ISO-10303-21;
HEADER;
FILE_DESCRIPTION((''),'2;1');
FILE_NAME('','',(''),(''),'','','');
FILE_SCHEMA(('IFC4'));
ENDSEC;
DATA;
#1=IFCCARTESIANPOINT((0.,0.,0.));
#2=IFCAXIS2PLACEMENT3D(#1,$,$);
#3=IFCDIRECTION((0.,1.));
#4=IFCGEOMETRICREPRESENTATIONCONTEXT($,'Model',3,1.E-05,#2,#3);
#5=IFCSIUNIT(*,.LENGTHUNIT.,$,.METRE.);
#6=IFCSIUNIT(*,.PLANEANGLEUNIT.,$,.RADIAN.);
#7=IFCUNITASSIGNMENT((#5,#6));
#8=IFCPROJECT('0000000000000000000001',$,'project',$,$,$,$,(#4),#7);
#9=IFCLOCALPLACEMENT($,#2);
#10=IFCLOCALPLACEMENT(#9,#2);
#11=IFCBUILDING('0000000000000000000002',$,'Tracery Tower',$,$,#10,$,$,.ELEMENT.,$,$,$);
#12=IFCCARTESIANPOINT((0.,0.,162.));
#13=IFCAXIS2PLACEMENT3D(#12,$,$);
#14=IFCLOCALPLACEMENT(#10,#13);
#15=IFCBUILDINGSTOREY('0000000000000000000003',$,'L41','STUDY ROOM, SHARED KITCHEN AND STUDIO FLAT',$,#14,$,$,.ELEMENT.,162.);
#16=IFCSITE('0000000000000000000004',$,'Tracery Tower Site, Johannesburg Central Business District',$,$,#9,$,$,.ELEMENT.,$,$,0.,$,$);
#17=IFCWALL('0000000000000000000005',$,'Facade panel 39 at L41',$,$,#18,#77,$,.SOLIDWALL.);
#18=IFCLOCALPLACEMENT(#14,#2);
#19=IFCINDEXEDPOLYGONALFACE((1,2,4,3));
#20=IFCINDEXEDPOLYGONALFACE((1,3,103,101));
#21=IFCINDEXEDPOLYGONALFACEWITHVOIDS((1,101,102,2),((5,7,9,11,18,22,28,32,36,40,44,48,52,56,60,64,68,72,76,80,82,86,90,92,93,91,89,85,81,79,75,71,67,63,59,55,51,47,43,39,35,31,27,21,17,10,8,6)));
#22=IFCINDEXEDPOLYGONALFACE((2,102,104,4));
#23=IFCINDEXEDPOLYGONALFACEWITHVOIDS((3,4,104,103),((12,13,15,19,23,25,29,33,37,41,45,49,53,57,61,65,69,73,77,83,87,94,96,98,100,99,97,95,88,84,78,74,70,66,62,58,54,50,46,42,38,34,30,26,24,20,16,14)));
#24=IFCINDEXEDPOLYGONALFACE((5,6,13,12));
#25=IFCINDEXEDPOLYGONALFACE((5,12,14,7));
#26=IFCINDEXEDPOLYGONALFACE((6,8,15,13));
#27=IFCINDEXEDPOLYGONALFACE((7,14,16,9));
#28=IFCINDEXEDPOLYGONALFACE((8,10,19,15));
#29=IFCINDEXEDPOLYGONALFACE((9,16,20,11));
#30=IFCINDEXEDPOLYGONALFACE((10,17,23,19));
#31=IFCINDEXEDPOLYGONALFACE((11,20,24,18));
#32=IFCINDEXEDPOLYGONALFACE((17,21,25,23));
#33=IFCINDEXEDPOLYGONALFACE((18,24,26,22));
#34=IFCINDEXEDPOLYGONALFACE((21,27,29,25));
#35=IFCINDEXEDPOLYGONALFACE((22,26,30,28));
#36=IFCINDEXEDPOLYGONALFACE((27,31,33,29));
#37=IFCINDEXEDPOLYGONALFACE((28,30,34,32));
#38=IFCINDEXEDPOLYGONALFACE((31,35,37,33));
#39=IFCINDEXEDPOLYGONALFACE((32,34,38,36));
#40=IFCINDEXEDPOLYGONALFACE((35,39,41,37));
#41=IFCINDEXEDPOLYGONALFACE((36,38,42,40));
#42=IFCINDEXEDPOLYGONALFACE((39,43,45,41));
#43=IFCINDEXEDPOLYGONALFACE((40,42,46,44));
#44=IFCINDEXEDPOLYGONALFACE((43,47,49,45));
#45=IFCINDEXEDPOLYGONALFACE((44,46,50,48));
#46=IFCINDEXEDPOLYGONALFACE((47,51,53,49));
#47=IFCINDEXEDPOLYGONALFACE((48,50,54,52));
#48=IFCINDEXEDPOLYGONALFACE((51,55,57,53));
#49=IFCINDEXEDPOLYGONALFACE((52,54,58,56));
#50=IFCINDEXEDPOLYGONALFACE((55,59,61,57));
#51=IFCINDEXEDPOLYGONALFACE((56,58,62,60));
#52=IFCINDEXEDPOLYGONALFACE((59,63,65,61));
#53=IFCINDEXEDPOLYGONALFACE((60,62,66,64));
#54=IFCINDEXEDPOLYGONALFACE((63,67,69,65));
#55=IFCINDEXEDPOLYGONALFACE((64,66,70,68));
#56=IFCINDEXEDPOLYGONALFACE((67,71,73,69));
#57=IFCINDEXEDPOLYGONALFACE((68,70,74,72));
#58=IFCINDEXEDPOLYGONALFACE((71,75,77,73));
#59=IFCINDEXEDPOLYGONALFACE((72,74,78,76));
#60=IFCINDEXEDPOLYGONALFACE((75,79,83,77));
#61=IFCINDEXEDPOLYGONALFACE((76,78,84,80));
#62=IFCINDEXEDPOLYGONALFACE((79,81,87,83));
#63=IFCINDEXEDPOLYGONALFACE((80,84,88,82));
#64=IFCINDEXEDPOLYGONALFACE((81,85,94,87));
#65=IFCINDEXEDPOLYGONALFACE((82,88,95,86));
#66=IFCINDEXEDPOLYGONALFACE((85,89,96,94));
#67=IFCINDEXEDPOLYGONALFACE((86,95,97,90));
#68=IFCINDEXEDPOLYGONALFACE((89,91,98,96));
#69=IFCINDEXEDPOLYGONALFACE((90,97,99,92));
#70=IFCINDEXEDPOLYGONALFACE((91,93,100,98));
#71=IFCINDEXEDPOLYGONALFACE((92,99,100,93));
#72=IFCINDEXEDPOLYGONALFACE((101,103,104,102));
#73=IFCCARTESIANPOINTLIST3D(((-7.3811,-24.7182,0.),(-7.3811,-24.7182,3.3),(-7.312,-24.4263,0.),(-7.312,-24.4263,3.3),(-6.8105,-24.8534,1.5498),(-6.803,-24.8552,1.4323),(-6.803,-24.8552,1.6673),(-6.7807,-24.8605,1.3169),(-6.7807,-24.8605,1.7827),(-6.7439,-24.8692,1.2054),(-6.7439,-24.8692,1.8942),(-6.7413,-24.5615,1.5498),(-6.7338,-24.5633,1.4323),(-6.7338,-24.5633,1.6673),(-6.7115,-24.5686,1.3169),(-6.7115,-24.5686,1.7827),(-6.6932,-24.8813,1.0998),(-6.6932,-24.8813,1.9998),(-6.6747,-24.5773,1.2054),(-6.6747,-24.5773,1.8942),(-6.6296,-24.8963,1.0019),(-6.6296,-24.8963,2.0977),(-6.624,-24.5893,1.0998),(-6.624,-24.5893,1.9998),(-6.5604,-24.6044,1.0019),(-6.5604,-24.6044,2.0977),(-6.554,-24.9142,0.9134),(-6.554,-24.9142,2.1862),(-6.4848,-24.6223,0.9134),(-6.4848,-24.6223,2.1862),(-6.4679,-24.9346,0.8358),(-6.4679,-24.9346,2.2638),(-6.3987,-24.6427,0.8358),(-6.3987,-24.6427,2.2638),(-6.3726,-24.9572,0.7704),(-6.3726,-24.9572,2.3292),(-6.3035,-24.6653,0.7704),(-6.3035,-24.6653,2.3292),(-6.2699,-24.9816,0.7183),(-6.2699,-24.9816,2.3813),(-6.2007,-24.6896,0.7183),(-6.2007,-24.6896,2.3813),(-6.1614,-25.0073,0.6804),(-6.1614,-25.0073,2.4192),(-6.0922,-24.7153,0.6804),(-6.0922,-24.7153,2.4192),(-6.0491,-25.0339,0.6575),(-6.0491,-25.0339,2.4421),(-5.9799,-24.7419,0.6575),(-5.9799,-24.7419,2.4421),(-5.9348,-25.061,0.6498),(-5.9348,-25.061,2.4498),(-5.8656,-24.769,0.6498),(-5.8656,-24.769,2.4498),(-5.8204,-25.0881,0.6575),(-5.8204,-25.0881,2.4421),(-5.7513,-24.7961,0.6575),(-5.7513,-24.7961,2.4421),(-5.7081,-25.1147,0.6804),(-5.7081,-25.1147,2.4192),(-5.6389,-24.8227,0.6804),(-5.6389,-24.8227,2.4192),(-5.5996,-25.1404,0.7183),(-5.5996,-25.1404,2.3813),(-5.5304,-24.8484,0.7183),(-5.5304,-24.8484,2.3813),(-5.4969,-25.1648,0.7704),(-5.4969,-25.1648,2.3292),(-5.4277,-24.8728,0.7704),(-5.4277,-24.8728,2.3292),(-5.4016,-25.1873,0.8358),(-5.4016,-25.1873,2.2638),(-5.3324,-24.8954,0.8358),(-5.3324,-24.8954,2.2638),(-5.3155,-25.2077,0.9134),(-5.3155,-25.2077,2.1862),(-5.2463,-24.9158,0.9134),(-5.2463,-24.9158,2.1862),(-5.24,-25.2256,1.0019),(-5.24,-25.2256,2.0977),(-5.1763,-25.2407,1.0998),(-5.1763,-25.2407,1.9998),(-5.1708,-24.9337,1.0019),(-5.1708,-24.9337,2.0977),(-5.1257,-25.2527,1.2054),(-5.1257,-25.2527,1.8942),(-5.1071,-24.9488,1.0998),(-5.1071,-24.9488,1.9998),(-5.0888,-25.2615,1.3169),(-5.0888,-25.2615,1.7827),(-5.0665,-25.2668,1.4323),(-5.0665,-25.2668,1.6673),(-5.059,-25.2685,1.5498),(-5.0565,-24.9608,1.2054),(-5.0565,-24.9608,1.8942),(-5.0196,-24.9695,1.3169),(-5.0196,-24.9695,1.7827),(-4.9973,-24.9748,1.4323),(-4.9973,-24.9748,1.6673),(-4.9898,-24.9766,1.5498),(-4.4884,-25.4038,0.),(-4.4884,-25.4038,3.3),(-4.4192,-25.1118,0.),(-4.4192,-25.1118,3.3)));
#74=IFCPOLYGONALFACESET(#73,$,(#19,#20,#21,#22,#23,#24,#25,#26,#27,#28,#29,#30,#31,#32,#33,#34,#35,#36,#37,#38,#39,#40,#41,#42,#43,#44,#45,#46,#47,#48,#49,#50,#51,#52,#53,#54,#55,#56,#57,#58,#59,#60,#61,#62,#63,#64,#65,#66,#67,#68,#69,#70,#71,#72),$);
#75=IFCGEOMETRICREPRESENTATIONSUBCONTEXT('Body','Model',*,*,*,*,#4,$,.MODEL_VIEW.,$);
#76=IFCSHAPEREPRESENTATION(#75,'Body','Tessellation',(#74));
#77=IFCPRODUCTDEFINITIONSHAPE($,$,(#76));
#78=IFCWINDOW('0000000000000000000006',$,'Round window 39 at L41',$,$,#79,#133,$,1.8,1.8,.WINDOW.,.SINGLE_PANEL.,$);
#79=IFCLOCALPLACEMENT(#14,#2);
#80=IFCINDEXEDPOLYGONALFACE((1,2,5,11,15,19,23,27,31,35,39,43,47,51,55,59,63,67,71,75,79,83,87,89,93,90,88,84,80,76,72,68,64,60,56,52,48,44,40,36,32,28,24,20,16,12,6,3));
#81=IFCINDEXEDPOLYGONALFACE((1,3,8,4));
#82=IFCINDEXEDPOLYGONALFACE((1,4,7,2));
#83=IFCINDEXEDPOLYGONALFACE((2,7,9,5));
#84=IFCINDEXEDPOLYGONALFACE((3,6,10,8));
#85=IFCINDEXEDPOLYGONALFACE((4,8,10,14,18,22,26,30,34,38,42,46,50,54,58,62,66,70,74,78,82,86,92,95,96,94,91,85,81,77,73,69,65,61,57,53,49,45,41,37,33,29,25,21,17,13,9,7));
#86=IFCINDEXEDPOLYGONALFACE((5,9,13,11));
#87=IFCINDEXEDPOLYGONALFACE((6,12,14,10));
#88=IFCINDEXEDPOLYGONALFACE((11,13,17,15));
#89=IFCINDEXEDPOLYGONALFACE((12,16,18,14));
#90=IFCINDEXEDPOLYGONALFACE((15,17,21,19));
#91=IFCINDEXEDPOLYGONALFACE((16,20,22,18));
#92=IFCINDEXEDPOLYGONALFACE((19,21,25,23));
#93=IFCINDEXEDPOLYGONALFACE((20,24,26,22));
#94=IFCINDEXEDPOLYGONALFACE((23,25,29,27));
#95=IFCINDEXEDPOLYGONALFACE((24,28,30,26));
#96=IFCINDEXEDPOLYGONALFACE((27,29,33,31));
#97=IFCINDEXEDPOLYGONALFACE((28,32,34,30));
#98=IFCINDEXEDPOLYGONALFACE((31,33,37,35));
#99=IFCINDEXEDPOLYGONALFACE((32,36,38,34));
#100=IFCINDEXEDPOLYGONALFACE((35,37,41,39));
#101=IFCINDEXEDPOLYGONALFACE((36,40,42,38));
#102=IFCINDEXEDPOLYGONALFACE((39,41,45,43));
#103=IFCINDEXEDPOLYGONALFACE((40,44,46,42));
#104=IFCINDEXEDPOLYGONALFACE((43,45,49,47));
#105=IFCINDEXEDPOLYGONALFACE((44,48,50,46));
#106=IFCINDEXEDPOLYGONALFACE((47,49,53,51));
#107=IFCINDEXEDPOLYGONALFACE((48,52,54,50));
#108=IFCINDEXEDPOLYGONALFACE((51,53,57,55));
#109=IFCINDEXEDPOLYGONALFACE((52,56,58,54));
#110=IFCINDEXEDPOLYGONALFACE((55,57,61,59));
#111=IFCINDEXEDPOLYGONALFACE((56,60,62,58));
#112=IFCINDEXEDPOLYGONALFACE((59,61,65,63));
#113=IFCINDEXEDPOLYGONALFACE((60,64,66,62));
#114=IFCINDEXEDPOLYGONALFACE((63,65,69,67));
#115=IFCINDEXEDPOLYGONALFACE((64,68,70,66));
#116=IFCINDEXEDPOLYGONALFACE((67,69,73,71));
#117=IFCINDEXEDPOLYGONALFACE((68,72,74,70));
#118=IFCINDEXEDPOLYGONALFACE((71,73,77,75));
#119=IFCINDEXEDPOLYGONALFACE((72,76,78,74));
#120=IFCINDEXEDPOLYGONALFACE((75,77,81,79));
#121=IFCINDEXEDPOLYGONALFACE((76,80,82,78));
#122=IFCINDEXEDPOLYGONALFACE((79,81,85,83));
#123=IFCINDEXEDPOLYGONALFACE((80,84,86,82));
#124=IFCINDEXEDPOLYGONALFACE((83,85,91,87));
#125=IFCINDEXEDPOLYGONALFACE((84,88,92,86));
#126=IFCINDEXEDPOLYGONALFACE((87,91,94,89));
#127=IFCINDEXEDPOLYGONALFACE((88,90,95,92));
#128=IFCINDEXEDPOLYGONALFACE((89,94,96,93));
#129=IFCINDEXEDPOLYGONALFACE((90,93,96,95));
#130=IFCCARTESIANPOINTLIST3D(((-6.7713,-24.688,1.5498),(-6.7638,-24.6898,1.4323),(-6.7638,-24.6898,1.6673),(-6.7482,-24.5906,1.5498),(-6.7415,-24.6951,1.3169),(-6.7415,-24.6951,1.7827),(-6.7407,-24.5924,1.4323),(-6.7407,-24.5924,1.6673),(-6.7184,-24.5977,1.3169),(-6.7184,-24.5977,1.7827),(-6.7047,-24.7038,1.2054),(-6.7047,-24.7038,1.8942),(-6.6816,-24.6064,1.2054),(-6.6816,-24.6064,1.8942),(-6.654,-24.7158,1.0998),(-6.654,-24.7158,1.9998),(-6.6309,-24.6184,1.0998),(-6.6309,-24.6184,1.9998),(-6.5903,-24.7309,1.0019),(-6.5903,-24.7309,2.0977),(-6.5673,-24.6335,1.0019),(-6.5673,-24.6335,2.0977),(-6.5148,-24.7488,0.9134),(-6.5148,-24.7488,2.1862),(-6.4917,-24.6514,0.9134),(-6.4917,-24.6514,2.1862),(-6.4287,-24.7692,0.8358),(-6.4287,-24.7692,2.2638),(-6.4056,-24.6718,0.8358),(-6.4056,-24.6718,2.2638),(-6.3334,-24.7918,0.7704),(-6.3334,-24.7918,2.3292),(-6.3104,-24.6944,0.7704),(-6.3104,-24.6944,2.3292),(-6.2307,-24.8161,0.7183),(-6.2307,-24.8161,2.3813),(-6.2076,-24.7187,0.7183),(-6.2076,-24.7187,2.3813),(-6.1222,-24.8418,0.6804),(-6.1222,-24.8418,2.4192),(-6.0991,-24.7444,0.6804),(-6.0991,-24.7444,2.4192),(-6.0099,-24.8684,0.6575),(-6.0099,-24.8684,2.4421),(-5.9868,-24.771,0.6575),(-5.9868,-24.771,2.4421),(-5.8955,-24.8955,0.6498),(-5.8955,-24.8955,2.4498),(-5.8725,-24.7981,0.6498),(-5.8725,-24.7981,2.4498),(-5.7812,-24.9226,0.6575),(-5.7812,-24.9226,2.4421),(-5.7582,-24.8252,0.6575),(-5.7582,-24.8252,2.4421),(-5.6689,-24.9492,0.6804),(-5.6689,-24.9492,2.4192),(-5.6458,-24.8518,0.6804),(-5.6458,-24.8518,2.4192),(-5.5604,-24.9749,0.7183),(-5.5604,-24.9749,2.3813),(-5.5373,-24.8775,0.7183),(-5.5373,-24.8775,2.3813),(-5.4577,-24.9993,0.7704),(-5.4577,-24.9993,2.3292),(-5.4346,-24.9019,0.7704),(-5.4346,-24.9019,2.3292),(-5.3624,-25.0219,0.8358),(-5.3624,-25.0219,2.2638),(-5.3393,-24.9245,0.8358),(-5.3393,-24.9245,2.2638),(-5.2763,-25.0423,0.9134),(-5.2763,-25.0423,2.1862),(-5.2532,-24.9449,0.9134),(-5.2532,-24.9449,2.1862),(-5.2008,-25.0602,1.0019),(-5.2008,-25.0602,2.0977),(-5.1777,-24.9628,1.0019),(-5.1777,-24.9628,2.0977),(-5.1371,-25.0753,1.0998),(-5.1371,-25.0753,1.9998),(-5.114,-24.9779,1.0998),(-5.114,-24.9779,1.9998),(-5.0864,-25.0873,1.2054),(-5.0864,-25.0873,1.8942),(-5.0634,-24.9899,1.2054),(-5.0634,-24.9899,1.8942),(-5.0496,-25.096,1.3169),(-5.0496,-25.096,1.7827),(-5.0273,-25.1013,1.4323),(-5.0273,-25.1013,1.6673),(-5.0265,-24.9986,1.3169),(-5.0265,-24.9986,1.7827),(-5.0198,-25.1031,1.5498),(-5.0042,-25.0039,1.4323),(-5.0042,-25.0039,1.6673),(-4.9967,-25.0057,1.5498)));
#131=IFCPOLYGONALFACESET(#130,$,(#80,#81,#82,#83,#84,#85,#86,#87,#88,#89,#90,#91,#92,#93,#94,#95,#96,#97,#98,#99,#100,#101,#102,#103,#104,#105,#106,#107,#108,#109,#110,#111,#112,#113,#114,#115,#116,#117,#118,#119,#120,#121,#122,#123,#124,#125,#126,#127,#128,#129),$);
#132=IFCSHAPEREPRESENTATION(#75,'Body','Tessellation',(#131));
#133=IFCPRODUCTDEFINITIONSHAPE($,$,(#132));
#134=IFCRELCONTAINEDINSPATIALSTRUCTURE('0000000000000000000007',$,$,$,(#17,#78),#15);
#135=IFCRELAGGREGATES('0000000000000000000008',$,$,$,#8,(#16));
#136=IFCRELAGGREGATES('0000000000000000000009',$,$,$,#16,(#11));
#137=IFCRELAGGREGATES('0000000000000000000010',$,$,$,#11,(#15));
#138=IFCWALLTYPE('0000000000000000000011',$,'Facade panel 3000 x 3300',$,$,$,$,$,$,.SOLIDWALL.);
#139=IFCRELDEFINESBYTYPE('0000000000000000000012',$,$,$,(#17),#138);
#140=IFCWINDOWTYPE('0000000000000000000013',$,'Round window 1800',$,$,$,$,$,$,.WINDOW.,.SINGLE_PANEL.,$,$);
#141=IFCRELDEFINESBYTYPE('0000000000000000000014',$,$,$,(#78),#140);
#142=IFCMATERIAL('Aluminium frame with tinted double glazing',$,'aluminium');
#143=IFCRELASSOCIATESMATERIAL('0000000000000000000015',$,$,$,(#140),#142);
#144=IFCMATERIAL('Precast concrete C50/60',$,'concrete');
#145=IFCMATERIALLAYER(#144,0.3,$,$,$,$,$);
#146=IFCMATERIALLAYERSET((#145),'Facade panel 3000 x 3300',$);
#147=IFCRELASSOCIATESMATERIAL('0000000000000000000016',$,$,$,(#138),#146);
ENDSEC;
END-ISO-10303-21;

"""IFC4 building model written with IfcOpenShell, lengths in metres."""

from ifc_helpers import new_model, si_unit, direction, frame, frame_2d, origin, origin_2d, place, context, subcontext, project, spatial, rectangle, circle, extrude, material, layer, layer_set, type_object, element, fill, save


model = new_model("IFC4")

# Units and contexts
model_context = context("Model", 3, precision=1e-05, world=origin(), true_north=direction((0.0, 1.0)))
body_context = subcontext(model_context, "Body", "Model", "MODEL_VIEW")
ifc_project = project(units=[si_unit("LENGTHUNIT", "METRE"), si_unit("PLANEANGLEUNIT", "RADIAN")], contexts=[model_context])

# Site, building, storey
site_placement = place(None, origin())
site = spatial("IfcSite", under=ifc_project, at=site_placement, Name="Tracery Tower Site, Johannesburg Central Business District", CompositionType="ELEMENT", RefElevation=0.0)
building_placement = place(site_placement, origin())
building = spatial("IfcBuilding", under=site, at=building_placement, Name="Tracery Tower", CompositionType="ELEMENT")
storey_placement = place(building_placement, frame((0.0, 0.0, 162.0)))
storey = spatial("IfcBuildingStorey", under=building, at=storey_placement, Name="L41", Description="STUDY ROOM, SHARED KITCHEN AND STUDIO FLAT", CompositionType="ELEMENT", Elevation=162.0)

# Wall, opening, window
ifc_material_1 = material(Name="Aluminium frame with tinted double glazing", Category="aluminium")
window_type = type_object("IfcWindowType", Name="Round window 1800", PartitioningType="SINGLE_PANEL", PredefinedType="WINDOW", material=ifc_material_1)
ifc_material_2 = material(Name="Precast concrete C50/60", Category="concrete")
ifc_layer_1 = layer(ifc_material_2, 0.3)
ifc_layer_set_1 = layer_set([ifc_layer_1], Name="Facade panel 3000 x 3300")
wall_type_1 = type_object("IfcWallType", Name="Facade panel 3000 x 3300", PredefinedType="SOLIDWALL", material=ifc_layer_set_1)
wall_1_placement = place(storey_placement, frame((-7.3464, -24.5723, 0.0), z_axis=(0.0, 0.0, 1.0), x_axis=(0.97305, -0.230595, 0.0)))
wall_1 = element("IfcWall", 1, at=wall_1_placement, inside=storey, type_object=wall_type_1, Name="Facade panel 39 at L41", PredefinedType="SOLIDWALL", context=body_context, shape_type="SweptSolid", body=[
    extrude(rectangle(XDim=2.9729, YDim=0.3, at=frame_2d((1.4863, 0.0))), origin(), (0.0, 0.0, 1.0), 3.3),
])
opening_1_placement = place(wall_1_placement, frame((1.4863, 0.0, 1.5498)))
opening_1 = element("IfcOpeningElement", 2, at=opening_1_placement, cuts=wall_1, PredefinedType="OPENING", context=body_context, shape_type="SweptSolid", body=[
    extrude(circle(Radius=0.9, at=origin_2d()), frame((0.0, 0.1599, 0.0), z_axis=(0.0, -1.0, 0.0), x_axis=(1.0, 0.0, 0.0)), (0.0, 0.0, 1.0), 0.3201),
])
window_1_placement = place(opening_1_placement, origin())
window_1 = element("IfcWindow", 3, at=window_1_placement, inside=storey, type_object=window_type, Name="Round window 39 at L41", OverallHeight=1.8, OverallWidth=1.8, PartitioningType="SINGLE_PANEL", PredefinedType="WINDOW", context=body_context, shape_type="SweptSolid", body=[
    extrude(circle(Radius=0.9, at=origin_2d()), frame((0.0, 0.1201, 0.0), z_axis=(0.0, -1.0, 0.0), x_axis=(1.0, 0.0, 0.0)), (0.0, 0.0, 1.0), 0.1001),
])
fill(opening_1, window_1)

save(model, "model.ifc")
